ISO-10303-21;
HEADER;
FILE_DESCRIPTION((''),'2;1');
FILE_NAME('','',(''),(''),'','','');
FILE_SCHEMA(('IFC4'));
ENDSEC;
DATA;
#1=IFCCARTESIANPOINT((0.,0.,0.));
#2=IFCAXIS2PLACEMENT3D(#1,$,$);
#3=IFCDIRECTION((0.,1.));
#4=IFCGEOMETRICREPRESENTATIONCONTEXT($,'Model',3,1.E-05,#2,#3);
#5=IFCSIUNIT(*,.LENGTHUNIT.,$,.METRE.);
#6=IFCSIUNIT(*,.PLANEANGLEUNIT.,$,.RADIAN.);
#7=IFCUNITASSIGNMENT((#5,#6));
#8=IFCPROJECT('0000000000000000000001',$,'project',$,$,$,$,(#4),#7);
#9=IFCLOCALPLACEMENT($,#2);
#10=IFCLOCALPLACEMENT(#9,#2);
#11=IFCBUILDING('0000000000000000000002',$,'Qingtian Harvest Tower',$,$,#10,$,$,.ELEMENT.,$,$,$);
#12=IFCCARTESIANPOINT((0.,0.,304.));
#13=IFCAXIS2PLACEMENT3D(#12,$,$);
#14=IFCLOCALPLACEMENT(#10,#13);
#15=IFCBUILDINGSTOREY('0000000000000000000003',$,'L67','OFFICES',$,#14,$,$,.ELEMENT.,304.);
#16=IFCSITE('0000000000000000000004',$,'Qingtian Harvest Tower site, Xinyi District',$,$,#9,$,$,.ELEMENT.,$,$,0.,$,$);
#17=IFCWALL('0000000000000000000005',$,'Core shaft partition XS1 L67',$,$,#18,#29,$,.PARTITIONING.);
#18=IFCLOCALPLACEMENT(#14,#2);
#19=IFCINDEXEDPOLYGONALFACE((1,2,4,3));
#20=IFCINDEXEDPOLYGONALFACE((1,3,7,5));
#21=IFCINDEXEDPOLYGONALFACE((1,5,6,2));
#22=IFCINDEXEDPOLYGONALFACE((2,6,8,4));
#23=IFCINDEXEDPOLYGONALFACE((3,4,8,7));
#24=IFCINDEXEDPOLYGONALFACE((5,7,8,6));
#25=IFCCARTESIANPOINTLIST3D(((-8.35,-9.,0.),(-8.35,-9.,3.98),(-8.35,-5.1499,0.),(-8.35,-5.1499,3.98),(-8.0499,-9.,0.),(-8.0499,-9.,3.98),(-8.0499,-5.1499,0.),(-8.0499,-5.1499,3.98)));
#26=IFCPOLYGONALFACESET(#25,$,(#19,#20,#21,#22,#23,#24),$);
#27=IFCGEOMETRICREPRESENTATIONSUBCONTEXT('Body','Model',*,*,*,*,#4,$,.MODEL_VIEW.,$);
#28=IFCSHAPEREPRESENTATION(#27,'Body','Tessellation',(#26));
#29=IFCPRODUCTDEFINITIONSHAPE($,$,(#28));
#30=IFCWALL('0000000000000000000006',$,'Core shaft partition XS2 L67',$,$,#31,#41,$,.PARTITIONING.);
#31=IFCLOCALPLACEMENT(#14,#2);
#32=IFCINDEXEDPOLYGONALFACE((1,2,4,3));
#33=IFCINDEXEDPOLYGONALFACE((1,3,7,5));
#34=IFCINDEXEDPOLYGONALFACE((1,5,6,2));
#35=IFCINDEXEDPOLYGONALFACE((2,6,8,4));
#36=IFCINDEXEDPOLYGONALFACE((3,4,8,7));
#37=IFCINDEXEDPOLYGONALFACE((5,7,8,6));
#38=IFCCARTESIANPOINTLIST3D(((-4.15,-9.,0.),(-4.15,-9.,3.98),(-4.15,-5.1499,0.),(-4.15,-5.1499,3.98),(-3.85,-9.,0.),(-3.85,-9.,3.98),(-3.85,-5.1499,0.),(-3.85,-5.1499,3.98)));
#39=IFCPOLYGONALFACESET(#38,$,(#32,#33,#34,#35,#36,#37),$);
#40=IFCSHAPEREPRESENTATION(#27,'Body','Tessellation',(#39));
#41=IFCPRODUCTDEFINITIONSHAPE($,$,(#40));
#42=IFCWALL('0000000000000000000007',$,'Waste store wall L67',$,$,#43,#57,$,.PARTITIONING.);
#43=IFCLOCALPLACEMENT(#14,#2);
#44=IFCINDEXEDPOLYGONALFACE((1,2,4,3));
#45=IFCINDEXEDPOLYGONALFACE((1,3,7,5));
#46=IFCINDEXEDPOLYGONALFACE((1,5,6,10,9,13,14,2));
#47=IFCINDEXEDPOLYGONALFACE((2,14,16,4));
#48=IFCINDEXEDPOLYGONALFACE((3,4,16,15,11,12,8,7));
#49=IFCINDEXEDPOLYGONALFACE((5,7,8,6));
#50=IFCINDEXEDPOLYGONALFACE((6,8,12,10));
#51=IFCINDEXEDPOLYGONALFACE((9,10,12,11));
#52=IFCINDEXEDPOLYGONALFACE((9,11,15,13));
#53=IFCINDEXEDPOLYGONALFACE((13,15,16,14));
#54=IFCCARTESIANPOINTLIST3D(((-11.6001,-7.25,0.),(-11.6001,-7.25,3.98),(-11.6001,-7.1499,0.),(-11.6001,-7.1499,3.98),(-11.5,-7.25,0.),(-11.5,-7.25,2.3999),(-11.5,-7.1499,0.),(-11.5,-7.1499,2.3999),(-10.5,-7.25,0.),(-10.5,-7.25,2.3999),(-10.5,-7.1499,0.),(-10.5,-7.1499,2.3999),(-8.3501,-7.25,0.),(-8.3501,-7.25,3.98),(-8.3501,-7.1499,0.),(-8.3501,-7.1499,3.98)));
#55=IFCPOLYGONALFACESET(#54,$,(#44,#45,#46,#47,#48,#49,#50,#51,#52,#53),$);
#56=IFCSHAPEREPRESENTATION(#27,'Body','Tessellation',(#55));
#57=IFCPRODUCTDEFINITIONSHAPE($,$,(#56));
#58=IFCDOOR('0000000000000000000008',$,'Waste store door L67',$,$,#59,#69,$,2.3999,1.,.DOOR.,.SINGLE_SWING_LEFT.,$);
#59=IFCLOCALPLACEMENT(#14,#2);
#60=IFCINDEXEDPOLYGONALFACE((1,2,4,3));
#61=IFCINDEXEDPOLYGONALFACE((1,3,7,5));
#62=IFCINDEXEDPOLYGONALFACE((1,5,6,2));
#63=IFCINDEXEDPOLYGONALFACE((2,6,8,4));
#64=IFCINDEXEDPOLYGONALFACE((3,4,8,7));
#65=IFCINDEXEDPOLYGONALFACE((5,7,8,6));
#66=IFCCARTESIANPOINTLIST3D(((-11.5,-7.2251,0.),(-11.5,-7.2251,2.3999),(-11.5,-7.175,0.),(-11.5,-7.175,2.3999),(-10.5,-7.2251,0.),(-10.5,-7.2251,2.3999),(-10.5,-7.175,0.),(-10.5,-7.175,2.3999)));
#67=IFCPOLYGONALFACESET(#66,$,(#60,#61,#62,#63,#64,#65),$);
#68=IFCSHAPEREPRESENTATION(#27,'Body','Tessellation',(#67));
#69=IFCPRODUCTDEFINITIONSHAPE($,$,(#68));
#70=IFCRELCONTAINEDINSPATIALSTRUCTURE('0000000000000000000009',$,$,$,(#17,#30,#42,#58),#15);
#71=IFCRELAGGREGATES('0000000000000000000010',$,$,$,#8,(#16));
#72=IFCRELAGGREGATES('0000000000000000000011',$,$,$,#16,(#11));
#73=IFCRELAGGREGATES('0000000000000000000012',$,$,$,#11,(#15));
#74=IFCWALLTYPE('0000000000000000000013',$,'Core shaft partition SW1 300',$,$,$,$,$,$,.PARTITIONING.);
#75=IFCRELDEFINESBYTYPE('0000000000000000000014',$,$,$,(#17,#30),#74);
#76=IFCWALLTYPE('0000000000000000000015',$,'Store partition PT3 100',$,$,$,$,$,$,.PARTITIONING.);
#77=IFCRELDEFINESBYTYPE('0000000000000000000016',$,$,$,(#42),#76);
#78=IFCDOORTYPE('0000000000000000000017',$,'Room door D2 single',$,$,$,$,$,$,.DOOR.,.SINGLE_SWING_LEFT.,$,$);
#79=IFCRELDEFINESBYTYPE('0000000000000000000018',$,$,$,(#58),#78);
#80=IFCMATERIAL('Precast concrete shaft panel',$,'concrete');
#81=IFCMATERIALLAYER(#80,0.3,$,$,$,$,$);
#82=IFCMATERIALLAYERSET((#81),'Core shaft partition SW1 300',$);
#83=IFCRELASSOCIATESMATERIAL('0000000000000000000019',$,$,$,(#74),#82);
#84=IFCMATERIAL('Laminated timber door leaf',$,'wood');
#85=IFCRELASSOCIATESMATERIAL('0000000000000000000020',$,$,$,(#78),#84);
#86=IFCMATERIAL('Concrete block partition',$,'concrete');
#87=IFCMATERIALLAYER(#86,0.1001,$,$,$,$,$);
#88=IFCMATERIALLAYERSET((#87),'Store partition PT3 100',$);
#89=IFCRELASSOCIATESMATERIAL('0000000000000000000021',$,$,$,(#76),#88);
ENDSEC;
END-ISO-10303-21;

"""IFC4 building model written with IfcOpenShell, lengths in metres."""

from ifc_helpers import new_model, si_unit, direction, frame, frame_2d, origin, place, context, subcontext, project, spatial, rectangle, extrude, material, layer, layer_set, type_object, element, fill, save


model = new_model("IFC4")

# Units and contexts
model_context = context("Model", 3, precision=1e-05, world=origin(), true_north=direction((0.0, 1.0)))
body_context = subcontext(model_context, "Body", "Model", "MODEL_VIEW")
ifc_project = project(units=[si_unit("LENGTHUNIT", "METRE"), si_unit("PLANEANGLEUNIT", "RADIAN")], contexts=[model_context])

# Site, building, storey
site_placement = place(None, origin())
site = spatial("IfcSite", under=ifc_project, at=site_placement, Name="Qingtian Harvest Tower site, Xinyi District", CompositionType="ELEMENT", RefElevation=0.0)
building_placement = place(site_placement, origin())
building = spatial("IfcBuilding", under=site, at=building_placement, Name="Qingtian Harvest Tower", CompositionType="ELEMENT")
storey_placement = place(building_placement, frame((0.0, 0.0, 304.0)))
storey = spatial("IfcBuildingStorey", under=building, at=storey_placement, Name="L67", Description="OFFICES", CompositionType="ELEMENT", Elevation=304.0)

# Walls
ifc_material_1 = material(Name="Precast concrete shaft panel", Category="concrete")
ifc_layer_1 = layer(ifc_material_1, 0.3)
ifc_layer_set_1 = layer_set([ifc_layer_1], Name="Core shaft partition SW1 300")
wall_type_1 = type_object("IfcWallType", Name="Core shaft partition SW1 300", PredefinedType="PARTITIONING", material=ifc_layer_set_1)
for number, where, z_axis, x_axis, name in (
    (1, (-8.2, -9.0, 0.0), (0.0, 0.0, 1.0), (0.0, 1.0, 0.0), "Core shaft partition XS1 L67"),
    (2, (-4.0, -9.0, 0.0), (0.0, 0.0, 1.0), (0.0, 1.0, 0.0), "Core shaft partition XS2 L67"),
):
    element("IfcWall", number, at=place(storey_placement, frame(where, z_axis=z_axis, x_axis=x_axis)), inside=storey, type_object=wall_type_1, Name=name, PredefinedType="PARTITIONING", context=body_context, shape_type="SweptSolid", body=[
        extrude(rectangle(XDim=3.8501, YDim=0.3, at=frame_2d((1.925, 0.0))), origin(), (0.0, 0.0, 1.0), 3.98),
    ])

# Wall, opening, door
ifc_material_2 = material(Name="Laminated timber door leaf", Category="wood")
door_type_1 = type_object("IfcDoorType", Name="Room door D2 single", OperationType="SINGLE_SWING_LEFT", PredefinedType="DOOR", material=ifc_material_2)
ifc_material_3 = material(Name="Concrete block partition", Category="concrete")
ifc_layer_2 = layer(ifc_material_3, 0.1001)
ifc_layer_set_2 = layer_set([ifc_layer_2], Name="Store partition PT3 100")
wall_type_2 = type_object("IfcWallType", Name="Store partition PT3 100", PredefinedType="PARTITIONING", material=ifc_layer_set_2)
wall_1_placement = place(storey_placement, frame((-11.6001, -7.2, 0.0), z_axis=(0.0, 0.0, 1.0), x_axis=(1.0, 0.0, 0.0)))
wall_1 = element("IfcWall", 3, at=wall_1_placement, inside=storey, type_object=wall_type_2, Name="Waste store wall L67", PredefinedType="PARTITIONING", context=body_context, shape_type="SweptSolid", body=[
    extrude(rectangle(XDim=3.25, YDim=0.1001, at=frame_2d((1.625, 0.0))), origin(), (0.0, 0.0, 1.0), 3.98),
])
opening_1_placement = place(wall_1_placement, frame((0.1001, 0.0, 0.0)))
opening_1 = element("IfcOpeningElement", 4, at=opening_1_placement, cuts=wall_1, PredefinedType="OPENING", context=body_context, shape_type="SweptSolid", body=[
    extrude(rectangle(XDim=1.0, YDim=2.3999, at=frame_2d((0.5, 1.2))), frame((0.0, 0.0601, 0.0), z_axis=(0.0, -1.0, 0.0), x_axis=(1.0, 0.0, 0.0)), (0.0, 0.0, 1.0), 0.1201),
])
door_1_placement = place(opening_1_placement, origin())
door_1 = element("IfcDoor", 5, at=door_1_placement, inside=storey, type_object=door_type_1, Name="Waste store door L67", OperationType="SINGLE_SWING_LEFT", OverallHeight=2.3999, OverallWidth=1.0, PredefinedType="DOOR", context=body_context, shape_type="SweptSolid", body=[
    extrude(rectangle(XDim=1.0, YDim=2.3999, at=frame_2d((0.5, 1.2))), frame((0.0, 0.0249, 0.0), z_axis=(0.0, -1.0, 0.0), x_axis=(1.0, 0.0, 0.0)), (0.0, 0.0, 1.0), 0.05),
])
fill(opening_1, door_1)

save(model, "model.ifc")
